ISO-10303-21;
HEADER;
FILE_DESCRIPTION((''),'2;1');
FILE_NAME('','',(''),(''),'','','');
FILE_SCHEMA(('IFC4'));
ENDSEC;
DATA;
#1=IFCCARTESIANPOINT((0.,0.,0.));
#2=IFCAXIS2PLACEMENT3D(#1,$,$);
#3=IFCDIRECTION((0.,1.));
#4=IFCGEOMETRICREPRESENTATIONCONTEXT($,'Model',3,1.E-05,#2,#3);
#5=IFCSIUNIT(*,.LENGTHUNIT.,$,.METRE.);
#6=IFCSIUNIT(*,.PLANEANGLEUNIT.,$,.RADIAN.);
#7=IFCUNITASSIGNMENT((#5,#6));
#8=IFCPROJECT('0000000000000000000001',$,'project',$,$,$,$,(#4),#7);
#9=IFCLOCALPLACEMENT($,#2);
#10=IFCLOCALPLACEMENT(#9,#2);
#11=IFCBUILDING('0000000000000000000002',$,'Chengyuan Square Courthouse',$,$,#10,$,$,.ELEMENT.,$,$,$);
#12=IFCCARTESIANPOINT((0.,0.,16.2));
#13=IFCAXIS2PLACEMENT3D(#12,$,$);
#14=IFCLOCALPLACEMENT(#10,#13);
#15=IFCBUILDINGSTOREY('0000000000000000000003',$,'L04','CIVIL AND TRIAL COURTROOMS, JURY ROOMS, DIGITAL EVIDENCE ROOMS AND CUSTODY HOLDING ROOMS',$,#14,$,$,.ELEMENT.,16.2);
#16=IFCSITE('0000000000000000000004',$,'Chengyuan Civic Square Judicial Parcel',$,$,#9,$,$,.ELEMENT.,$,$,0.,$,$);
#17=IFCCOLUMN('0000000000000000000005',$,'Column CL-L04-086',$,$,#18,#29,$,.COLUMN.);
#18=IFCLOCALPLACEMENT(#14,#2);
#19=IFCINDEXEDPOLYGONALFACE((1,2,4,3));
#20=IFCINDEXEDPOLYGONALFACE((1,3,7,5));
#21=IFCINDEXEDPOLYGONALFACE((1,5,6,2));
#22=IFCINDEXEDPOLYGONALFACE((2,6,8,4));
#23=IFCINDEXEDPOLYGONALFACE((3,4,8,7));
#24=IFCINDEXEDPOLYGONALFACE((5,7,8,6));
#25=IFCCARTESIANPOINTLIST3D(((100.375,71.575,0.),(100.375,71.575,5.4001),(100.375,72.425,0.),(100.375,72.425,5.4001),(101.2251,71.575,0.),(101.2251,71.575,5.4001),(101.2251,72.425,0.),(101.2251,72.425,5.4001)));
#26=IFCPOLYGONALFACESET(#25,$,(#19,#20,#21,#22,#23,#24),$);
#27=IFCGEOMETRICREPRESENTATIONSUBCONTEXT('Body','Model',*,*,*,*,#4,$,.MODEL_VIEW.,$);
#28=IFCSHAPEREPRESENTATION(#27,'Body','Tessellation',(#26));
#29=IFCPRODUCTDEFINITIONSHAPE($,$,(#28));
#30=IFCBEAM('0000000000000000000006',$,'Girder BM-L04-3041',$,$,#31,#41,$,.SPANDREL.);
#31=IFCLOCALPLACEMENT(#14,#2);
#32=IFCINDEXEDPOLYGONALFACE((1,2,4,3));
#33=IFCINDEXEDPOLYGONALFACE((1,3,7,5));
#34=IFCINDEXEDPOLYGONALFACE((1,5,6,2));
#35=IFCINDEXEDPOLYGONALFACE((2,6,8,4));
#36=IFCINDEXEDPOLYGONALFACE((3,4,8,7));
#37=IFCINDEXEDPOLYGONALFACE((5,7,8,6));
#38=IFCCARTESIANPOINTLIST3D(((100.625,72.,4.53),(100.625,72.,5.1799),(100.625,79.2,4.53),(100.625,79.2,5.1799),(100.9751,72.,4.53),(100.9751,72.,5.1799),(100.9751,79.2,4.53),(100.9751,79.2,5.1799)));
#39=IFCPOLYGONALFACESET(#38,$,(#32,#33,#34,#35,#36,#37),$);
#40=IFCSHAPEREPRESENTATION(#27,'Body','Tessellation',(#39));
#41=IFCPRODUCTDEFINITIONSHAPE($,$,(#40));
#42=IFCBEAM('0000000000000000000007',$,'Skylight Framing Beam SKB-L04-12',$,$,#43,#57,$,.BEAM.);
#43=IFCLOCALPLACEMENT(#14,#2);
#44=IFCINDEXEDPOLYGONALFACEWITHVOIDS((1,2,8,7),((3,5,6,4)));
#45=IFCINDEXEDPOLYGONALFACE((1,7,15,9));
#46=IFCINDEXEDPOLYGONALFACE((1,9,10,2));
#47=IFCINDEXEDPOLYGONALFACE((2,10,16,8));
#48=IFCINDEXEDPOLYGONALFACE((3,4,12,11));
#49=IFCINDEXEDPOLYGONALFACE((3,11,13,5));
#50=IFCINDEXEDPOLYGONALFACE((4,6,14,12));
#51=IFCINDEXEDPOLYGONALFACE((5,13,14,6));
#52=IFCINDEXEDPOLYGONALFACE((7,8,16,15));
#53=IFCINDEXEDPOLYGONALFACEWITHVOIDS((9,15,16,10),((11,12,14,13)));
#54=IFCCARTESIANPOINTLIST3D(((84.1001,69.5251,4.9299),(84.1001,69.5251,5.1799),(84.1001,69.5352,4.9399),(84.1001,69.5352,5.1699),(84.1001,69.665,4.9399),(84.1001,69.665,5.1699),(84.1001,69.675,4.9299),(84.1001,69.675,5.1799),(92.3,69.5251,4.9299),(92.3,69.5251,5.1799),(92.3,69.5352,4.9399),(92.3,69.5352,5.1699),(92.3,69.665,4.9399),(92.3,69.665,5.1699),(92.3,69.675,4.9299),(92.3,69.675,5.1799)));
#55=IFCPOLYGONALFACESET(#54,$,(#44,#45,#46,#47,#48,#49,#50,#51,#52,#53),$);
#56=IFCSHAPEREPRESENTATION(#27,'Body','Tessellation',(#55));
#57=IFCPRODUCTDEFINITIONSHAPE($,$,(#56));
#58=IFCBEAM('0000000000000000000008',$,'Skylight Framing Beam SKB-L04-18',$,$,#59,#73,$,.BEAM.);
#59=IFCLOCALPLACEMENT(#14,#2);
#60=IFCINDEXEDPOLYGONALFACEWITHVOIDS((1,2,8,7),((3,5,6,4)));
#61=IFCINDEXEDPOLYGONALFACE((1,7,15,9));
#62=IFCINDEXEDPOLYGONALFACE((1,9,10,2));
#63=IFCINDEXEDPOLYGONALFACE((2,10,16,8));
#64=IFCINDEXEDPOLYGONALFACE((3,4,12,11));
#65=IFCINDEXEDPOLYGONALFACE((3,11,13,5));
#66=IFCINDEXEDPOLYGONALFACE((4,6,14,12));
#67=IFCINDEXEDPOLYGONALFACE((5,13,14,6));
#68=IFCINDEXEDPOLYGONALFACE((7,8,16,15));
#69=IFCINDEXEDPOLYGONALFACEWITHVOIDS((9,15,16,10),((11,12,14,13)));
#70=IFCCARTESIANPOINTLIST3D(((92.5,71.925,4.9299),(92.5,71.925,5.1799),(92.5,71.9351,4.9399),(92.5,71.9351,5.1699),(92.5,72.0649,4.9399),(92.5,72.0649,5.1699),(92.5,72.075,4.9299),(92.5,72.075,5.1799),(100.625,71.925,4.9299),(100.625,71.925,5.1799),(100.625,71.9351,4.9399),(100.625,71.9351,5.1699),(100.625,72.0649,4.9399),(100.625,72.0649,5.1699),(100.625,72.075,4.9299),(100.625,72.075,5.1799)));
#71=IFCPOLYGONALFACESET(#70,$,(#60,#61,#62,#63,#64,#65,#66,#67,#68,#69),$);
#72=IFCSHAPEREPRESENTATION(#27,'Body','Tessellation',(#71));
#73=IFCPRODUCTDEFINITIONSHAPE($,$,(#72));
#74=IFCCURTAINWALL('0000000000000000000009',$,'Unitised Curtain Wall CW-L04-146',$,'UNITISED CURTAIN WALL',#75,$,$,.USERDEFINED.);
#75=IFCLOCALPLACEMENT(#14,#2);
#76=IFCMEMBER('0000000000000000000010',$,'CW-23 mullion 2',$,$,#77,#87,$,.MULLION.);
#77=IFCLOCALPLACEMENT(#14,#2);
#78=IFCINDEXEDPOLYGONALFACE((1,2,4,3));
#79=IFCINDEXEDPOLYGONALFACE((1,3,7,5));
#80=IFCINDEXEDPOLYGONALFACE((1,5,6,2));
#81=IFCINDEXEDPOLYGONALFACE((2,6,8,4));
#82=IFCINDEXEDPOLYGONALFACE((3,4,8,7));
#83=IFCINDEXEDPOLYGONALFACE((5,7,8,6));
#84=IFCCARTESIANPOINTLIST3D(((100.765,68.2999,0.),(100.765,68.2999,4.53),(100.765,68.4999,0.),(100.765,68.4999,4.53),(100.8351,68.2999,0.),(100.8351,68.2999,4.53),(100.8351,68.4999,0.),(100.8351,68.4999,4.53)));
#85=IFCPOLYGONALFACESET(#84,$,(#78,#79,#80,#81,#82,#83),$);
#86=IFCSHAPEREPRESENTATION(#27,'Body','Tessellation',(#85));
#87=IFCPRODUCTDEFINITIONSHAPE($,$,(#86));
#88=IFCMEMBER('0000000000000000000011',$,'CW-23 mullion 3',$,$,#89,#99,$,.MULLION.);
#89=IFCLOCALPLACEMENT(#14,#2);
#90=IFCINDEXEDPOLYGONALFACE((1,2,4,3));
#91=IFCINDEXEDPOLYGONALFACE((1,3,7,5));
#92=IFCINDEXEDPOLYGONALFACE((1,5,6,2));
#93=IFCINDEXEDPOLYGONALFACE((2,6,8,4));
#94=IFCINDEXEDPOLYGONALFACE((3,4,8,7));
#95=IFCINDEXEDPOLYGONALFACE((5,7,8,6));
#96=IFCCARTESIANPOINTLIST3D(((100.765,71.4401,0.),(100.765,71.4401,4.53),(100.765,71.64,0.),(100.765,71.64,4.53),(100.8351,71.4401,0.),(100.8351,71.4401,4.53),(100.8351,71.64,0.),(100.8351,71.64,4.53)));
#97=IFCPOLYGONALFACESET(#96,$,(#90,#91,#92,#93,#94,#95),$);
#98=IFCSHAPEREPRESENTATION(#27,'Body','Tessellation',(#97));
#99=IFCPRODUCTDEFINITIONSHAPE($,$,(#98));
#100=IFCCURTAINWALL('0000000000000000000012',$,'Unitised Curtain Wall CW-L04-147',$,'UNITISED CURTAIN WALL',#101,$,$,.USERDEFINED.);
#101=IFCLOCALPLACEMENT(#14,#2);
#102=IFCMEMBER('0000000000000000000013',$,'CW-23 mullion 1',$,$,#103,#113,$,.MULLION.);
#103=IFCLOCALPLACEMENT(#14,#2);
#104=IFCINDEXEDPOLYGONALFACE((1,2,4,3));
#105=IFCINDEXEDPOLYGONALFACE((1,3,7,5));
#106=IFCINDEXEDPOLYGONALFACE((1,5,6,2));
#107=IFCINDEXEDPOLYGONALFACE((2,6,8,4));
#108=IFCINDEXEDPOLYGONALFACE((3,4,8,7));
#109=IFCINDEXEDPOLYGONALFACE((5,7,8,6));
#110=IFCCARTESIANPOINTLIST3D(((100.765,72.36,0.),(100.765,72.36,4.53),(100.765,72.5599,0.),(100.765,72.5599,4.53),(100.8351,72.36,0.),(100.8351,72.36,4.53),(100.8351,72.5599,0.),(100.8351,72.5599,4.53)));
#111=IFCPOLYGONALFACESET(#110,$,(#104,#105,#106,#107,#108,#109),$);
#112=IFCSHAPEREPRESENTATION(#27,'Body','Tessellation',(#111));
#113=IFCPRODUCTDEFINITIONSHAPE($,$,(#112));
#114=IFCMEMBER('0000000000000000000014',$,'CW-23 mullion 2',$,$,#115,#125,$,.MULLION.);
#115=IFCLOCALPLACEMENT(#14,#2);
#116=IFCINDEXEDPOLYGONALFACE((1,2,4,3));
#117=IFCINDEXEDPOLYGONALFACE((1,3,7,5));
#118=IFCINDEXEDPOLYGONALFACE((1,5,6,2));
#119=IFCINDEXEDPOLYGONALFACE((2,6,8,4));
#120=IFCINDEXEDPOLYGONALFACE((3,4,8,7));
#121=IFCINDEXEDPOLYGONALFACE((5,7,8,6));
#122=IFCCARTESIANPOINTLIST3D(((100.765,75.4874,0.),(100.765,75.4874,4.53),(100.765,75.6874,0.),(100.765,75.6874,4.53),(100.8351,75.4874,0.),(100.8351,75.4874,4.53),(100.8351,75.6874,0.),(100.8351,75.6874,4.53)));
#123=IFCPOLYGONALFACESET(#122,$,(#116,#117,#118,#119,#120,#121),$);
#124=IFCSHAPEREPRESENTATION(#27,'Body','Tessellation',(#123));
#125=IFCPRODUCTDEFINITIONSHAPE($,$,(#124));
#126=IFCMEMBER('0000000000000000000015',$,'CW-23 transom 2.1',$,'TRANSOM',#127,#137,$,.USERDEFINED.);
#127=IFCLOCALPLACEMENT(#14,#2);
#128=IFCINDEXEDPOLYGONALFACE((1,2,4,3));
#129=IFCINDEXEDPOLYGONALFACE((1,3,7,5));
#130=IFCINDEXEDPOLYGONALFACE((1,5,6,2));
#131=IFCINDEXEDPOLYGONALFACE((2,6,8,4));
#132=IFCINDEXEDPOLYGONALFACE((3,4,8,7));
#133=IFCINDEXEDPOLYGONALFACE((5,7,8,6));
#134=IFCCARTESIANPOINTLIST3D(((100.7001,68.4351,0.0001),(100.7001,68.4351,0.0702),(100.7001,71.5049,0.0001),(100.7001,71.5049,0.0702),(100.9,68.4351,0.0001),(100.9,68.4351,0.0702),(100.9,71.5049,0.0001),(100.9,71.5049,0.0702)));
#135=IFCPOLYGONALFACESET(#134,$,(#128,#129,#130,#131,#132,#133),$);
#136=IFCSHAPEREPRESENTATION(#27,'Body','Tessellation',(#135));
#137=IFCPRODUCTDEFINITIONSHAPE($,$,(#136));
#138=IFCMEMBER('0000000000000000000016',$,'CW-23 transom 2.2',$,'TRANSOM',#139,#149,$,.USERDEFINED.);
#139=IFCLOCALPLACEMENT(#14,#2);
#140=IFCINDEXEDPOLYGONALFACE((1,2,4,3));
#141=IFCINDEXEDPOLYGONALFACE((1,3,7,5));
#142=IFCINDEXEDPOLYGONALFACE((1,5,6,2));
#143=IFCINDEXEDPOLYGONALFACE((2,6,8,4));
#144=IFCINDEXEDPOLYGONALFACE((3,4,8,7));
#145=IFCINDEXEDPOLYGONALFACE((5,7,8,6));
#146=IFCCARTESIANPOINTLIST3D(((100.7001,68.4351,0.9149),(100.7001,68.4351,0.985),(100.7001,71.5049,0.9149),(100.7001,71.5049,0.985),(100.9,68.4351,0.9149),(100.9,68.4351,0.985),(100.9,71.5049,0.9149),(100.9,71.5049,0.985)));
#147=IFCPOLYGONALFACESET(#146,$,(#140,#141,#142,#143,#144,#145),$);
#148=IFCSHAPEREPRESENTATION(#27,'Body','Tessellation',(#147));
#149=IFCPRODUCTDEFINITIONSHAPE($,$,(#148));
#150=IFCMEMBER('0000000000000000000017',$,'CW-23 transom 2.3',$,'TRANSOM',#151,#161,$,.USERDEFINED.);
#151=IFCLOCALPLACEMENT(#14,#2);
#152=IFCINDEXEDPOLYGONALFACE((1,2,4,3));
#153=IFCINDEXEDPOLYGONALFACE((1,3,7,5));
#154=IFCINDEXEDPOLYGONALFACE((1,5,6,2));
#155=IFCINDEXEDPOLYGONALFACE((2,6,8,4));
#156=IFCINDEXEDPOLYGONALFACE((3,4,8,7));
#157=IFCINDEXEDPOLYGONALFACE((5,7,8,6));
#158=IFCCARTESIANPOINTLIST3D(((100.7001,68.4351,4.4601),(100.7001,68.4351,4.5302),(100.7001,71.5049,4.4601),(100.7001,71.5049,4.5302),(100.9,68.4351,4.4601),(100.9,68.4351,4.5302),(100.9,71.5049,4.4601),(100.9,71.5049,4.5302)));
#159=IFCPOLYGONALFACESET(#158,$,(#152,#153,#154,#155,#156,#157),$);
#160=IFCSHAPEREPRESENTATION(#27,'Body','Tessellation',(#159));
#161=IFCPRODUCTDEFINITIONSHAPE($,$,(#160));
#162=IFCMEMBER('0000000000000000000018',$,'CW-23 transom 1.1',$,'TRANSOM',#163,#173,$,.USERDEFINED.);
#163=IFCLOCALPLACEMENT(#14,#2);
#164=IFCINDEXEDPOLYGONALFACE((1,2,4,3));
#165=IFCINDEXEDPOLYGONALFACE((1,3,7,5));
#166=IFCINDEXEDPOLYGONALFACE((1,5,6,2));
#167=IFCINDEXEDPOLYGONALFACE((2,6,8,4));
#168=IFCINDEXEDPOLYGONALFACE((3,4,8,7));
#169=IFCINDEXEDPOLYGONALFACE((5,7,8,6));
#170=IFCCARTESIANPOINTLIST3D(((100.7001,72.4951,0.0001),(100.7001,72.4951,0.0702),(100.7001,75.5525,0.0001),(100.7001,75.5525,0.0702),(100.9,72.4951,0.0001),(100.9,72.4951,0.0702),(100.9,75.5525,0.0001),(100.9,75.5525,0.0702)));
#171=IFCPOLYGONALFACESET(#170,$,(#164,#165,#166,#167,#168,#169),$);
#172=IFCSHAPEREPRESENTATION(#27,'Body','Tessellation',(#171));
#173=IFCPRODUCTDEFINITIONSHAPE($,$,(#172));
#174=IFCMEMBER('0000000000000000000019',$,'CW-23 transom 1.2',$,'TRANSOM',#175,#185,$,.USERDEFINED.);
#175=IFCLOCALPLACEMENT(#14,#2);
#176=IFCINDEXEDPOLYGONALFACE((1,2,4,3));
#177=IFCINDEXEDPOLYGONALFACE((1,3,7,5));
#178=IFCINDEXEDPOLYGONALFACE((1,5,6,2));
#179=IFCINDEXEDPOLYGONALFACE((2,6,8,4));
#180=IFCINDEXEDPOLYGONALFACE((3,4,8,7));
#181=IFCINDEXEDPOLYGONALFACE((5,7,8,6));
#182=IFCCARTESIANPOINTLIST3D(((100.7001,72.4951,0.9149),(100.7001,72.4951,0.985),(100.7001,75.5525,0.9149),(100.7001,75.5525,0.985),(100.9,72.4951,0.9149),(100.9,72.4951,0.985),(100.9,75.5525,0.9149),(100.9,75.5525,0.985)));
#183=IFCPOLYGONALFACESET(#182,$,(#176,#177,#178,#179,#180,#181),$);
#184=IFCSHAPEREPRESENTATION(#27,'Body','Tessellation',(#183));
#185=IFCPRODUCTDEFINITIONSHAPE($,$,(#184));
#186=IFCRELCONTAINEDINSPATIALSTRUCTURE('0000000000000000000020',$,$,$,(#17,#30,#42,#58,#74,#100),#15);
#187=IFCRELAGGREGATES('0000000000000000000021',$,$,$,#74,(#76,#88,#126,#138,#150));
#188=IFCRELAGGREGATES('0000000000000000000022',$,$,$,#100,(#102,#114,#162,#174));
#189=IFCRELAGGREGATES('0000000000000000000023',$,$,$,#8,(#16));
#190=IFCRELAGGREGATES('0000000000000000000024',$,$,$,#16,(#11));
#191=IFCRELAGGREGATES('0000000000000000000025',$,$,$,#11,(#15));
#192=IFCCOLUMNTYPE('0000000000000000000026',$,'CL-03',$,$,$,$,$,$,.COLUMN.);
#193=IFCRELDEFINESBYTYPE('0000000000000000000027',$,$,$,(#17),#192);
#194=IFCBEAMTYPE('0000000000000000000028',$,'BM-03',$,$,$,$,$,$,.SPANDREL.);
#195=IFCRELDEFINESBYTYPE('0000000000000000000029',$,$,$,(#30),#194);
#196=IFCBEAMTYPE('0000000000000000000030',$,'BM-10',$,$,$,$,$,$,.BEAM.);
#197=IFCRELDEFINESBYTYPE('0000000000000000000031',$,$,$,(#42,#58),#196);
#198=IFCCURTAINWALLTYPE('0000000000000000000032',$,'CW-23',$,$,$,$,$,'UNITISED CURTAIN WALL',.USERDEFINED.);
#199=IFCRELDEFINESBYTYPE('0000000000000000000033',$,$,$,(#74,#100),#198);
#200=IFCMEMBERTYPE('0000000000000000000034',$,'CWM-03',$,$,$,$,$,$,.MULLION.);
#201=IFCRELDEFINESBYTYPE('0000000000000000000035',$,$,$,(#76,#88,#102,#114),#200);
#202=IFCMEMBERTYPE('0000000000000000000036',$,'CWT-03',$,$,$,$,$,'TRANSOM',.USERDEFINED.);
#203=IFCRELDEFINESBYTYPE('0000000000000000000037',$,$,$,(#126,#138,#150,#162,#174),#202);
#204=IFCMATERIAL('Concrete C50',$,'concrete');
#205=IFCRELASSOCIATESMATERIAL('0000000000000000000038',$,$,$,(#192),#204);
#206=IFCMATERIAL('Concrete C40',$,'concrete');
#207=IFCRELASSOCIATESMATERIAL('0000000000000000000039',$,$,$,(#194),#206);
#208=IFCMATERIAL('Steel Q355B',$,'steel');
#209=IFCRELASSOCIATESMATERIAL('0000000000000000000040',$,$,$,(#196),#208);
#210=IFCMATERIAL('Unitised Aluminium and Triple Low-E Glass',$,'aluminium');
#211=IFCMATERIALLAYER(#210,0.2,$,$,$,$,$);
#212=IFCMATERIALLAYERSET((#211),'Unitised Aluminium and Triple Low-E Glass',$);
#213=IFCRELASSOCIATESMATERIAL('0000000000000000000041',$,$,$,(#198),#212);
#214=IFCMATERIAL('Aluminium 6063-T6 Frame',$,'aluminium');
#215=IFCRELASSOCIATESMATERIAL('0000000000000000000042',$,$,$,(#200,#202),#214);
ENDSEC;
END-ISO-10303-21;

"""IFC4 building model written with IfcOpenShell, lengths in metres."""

from ifc_helpers import new_model, si_unit, direction, frame, origin, origin_2d, place, context, subcontext, project, spatial, rectangle, hollow_rectangle, extrude, material, layer, layer_set, material_profile, profile_set, type_object, element, aggregate, save


model = new_model("IFC4")

# Units and contexts
model_context = context("Model", 3, precision=1e-05, world=origin(), true_north=direction((0.0, 1.0)))
body_context = subcontext(model_context, "Body", "Model", "MODEL_VIEW")
ifc_project = project(units=[si_unit("LENGTHUNIT", "METRE"), si_unit("PLANEANGLEUNIT", "RADIAN")], contexts=[model_context])

# Site, building, storey
site_placement = place(None, origin())
site = spatial("IfcSite", under=ifc_project, at=site_placement, Name="Chengyuan Civic Square Judicial Parcel", CompositionType="ELEMENT", RefElevation=0.0)
building_placement = place(site_placement, origin())
building = spatial("IfcBuilding", under=site, at=building_placement, Name="Chengyuan Square Courthouse", CompositionType="ELEMENT")
storey_placement = place(building_placement, frame((0.0, 0.0, 16.2)))
storey = spatial("IfcBuildingStorey", under=building, at=storey_placement, Name="L04", Description="CIVIL AND TRIAL COURTROOMS, JURY ROOMS, DIGITAL EVIDENCE ROOMS AND CUSTODY HOLDING ROOMS", CompositionType="ELEMENT", Elevation=16.2)

# Column
ifc_material_1 = material(Name="Concrete C50", Category="concrete")
ifc_material_profile_1 = material_profile(ifc_material_1, rectangle(XDim=0.8501, YDim=0.8501, at=origin_2d()), Name="RC-COL-850x850")
ifc_profile_set_1 = profile_set([ifc_material_profile_1], Name="Concrete C50")
column_type = type_object("IfcColumnType", Name="CL-03", PredefinedType="COLUMN", material=ifc_profile_set_1)
column_placement = place(storey_placement, frame((100.8, 72.0, 0.0), z_axis=(0.0, 0.0, 1.0), x_axis=(1.0, 0.0, 0.0)))
element("IfcColumn", 1, at=column_placement, inside=storey, type_object=column_type, Name="Column CL-L04-086", PredefinedType="COLUMN", context=body_context, shape_type="SweptSolid", body=[
    extrude(rectangle(XDim=0.8501, YDim=0.8501, at=origin_2d()), origin(), (0.0, 0.0, 1.0), 5.4001),
])

# Beams
ifc_material_2 = material(Name="Concrete C40", Category="concrete")
ifc_material_profile_2 = material_profile(ifc_material_2, rectangle(XDim=0.3501, YDim=0.6499, at=origin_2d()), Name="RC-BM-350x650")
ifc_profile_set_2 = profile_set([ifc_material_profile_2], Name="Concrete C40")
beam_type_1 = type_object("IfcBeamType", Name="BM-03", PredefinedType="SPANDREL", material=ifc_profile_set_2)
beam_1_placement = place(storey_placement, frame((100.8, 72.0, 4.855), z_axis=(0.0, 1.0, 0.0), x_axis=(-1.0, 0.0, 0.0)))
element("IfcBeam", 2, at=beam_1_placement, inside=storey, type_object=beam_type_1, Name="Girder BM-L04-3041", PredefinedType="SPANDREL", context=body_context, shape_type="SweptSolid", body=[
    extrude(rectangle(XDim=0.3501, YDim=0.6499, at=origin_2d()), origin(), (0.0, 0.0, 1.0), 7.2),
])
ifc_material_3 = material(Name="Steel Q355B", Category="steel")
ifc_material_profile_3 = material_profile(ifc_material_3, hollow_rectangle(XDim=0.1499, YDim=0.25, WallThickness=0.01, at=origin_2d()), Name="RHS 250x150x10")
ifc_profile_set_3 = profile_set([ifc_material_profile_3], Name="Steel Q355B")
beam_type_2 = type_object("IfcBeamType", Name="BM-10", PredefinedType="BEAM", material=ifc_profile_set_3)
beam_2_placement = place(storey_placement, frame((84.1001, 69.6001, 5.0549), z_axis=(1.0, 0.0, 0.0), x_axis=(0.0, 1.0, 0.0)))
element("IfcBeam", 3, at=beam_2_placement, inside=storey, type_object=beam_type_2, Name="Skylight Framing Beam SKB-L04-12", PredefinedType="BEAM", context=body_context, shape_type="SweptSolid", body=[
    extrude(hollow_rectangle(XDim=0.1499, YDim=0.25, WallThickness=0.01, at=origin_2d()), origin(), (0.0, 0.0, 1.0), 8.2),
])
beam_3_placement = place(storey_placement, frame((92.5, 72.0, 5.0549), z_axis=(1.0, 0.0, 0.0), x_axis=(0.0, 1.0, 0.0)))
element("IfcBeam", 4, at=beam_3_placement, inside=storey, type_object=beam_type_2, Name="Skylight Framing Beam SKB-L04-18", PredefinedType="BEAM", context=body_context, shape_type="SweptSolid", body=[
    extrude(hollow_rectangle(XDim=0.1499, YDim=0.25, WallThickness=0.01, at=origin_2d()), origin(), (0.0, 0.0, 1.0), 8.125),
])

# Curtain walls, members
ifc_material_4 = material(Name="Unitised Aluminium and Triple Low-E Glass", Category="aluminium")
ifc_layer_1 = layer(ifc_material_4, 0.2)
ifc_layer_set_1 = layer_set([ifc_layer_1], Name="Unitised Aluminium and Triple Low-E Glass")
curtain_wall_type = type_object("IfcCurtainWallType", Name="CW-23", ElementType="UNITISED CURTAIN WALL", PredefinedType="USERDEFINED", material=ifc_layer_set_1)
curtain_wall_1_placement = place(storey_placement, origin())
curtain_wall_1 = element("IfcCurtainWall", 5, at=curtain_wall_1_placement, inside=storey, type_object=curtain_wall_type, Name="Unitised Curtain Wall CW-L04-146", ObjectType="UNITISED CURTAIN WALL", PredefinedType="USERDEFINED")
ifc_material_5 = material(Name="Aluminium 6063-T6 Frame", Category="aluminium")
ifc_material_profile_4 = material_profile(ifc_material_5, rectangle(XDim=0.0701, YDim=0.2, at=origin_2d()), Name="CW-MUL-70x200")
ifc_profile_set_4 = profile_set([ifc_material_profile_4], Name="Aluminium 6063-T6 Frame")
member_type_1 = type_object("IfcMemberType", Name="CWM-03", PredefinedType="MULLION", material=ifc_profile_set_4)
member_1_placement = place(storey_placement, frame((100.8, 68.3999, 0.0), z_axis=(0.0, 0.0, 1.0), x_axis=(-1.0, 0.0, 0.0)))
member_1 = element("IfcMember", 6, at=member_1_placement, type_object=member_type_1, Name="CW-23 mullion 2", PredefinedType="MULLION", context=body_context, shape_type="SweptSolid", body=[
    extrude(rectangle(XDim=0.0701, YDim=0.2, at=origin_2d()), origin(), (0.0, 0.0, 1.0), 4.53),
])
member_2_placement = place(storey_placement, frame((100.8, 71.54, 0.0), z_axis=(0.0, 0.0, 1.0), x_axis=(-1.0, 0.0, 0.0)))
member_2 = element("IfcMember", 7, at=member_2_placement, type_object=member_type_1, Name="CW-23 mullion 3", PredefinedType="MULLION", context=body_context, shape_type="SweptSolid", body=[
    extrude(rectangle(XDim=0.0701, YDim=0.2, at=origin_2d()), origin(), (0.0, 0.0, 1.0), 4.53),
])
curtain_wall_2_placement = place(storey_placement, origin())
curtain_wall_2 = element("IfcCurtainWall", 8, at=curtain_wall_2_placement, inside=storey, type_object=curtain_wall_type, Name="Unitised Curtain Wall CW-L04-147", ObjectType="UNITISED CURTAIN WALL", PredefinedType="USERDEFINED")
member_3_placement = place(storey_placement, frame((100.8, 72.46, 0.0), z_axis=(0.0, 0.0, 1.0), x_axis=(-1.0, 0.0, 0.0)))
member_3 = element("IfcMember", 9, at=member_3_placement, type_object=member_type_1, Name="CW-23 mullion 1", PredefinedType="MULLION", context=body_context, shape_type="SweptSolid", body=[
    extrude(rectangle(XDim=0.0701, YDim=0.2, at=origin_2d()), origin(), (0.0, 0.0, 1.0), 4.53),
])
member_4_placement = place(storey_placement, frame((100.8, 75.5874, 0.0), z_axis=(0.0, 0.0, 1.0), x_axis=(-1.0, 0.0, 0.0)))
member_4 = element("IfcMember", 10, at=member_4_placement, type_object=member_type_1, Name="CW-23 mullion 2", PredefinedType="MULLION", context=body_context, shape_type="SweptSolid", body=[
    extrude(rectangle(XDim=0.0701, YDim=0.2, at=origin_2d()), origin(), (0.0, 0.0, 1.0), 4.53),
])

# Members
ifc_material_profile_5 = material_profile(ifc_material_5, rectangle(XDim=0.2, YDim=0.0701, at=origin_2d()), Name="CW-TRN-70x160")
ifc_profile_set_5 = profile_set([ifc_material_profile_5], Name="Aluminium 6063-T6 Frame")
member_type_2 = type_object("IfcMemberType", Name="CWT-03", ElementType="TRANSOM", PredefinedType="USERDEFINED", material=ifc_profile_set_5)
member_5_placement = place(storey_placement, frame((100.8, 68.4351, 0.0352), z_axis=(0.0, 1.0, 0.0), x_axis=(-1.0, 0.0, 0.0)))
member_5 = element("IfcMember", 11, at=member_5_placement, type_object=member_type_2, Name="CW-23 transom 2.1", ObjectType="TRANSOM", PredefinedType="USERDEFINED", context=body_context, shape_type="SweptSolid", body=[
    extrude(rectangle(XDim=0.2, YDim=0.0701, at=origin_2d()), origin(), (0.0, 0.0, 1.0), 3.0698),
])
member_6_placement = place(storey_placement, frame((100.8, 68.4351, 0.95), z_axis=(0.0, 1.0, 0.0), x_axis=(-1.0, 0.0, 0.0)))
member_6 = element("IfcMember", 12, at=member_6_placement, type_object=member_type_2, Name="CW-23 transom 2.2", ObjectType="TRANSOM", PredefinedType="USERDEFINED", context=body_context, shape_type="SweptSolid", body=[
    extrude(rectangle(XDim=0.2, YDim=0.0701, at=origin_2d()), origin(), (0.0, 0.0, 1.0), 3.0698),
])
member_7_placement = place(storey_placement, frame((100.8, 68.4351, 4.4951), z_axis=(0.0, 1.0, 0.0), x_axis=(-1.0, 0.0, 0.0)))
member_7 = element("IfcMember", 13, at=member_7_placement, type_object=member_type_2, Name="CW-23 transom 2.3", ObjectType="TRANSOM", PredefinedType="USERDEFINED", context=body_context, shape_type="SweptSolid", body=[
    extrude(rectangle(XDim=0.2, YDim=0.0701, at=origin_2d()), origin(), (0.0, 0.0, 1.0), 3.0698),
])
member_8_placement = place(storey_placement, frame((100.8, 72.4951, 0.0352), z_axis=(0.0, 1.0, 0.0), x_axis=(-1.0, 0.0, 0.0)))
member_8 = element("IfcMember", 14, at=member_8_placement, type_object=member_type_2, Name="CW-23 transom 1.1", ObjectType="TRANSOM", PredefinedType="USERDEFINED", context=body_context, shape_type="SweptSolid", body=[
    extrude(rectangle(XDim=0.2, YDim=0.0701, at=origin_2d()), origin(), (0.0, 0.0, 1.0), 3.0574),
])
member_9_placement = place(storey_placement, frame((100.8, 72.4951, 0.95), z_axis=(0.0, 1.0, 0.0), x_axis=(-1.0, 0.0, 0.0)))
member_9 = element("IfcMember", 15, at=member_9_placement, type_object=member_type_2, Name="CW-23 transom 1.2", ObjectType="TRANSOM", PredefinedType="USERDEFINED", context=body_context, shape_type="SweptSolid", body=[
    extrude(rectangle(XDim=0.2, YDim=0.0701, at=origin_2d()), origin(), (0.0, 0.0, 1.0), 3.0574),
])

aggregate(curtain_wall_1, [member_1, member_2, member_5, member_6, member_7])
aggregate(curtain_wall_2, [member_3, member_4, member_8, member_9])

save(model, "model.ifc")
